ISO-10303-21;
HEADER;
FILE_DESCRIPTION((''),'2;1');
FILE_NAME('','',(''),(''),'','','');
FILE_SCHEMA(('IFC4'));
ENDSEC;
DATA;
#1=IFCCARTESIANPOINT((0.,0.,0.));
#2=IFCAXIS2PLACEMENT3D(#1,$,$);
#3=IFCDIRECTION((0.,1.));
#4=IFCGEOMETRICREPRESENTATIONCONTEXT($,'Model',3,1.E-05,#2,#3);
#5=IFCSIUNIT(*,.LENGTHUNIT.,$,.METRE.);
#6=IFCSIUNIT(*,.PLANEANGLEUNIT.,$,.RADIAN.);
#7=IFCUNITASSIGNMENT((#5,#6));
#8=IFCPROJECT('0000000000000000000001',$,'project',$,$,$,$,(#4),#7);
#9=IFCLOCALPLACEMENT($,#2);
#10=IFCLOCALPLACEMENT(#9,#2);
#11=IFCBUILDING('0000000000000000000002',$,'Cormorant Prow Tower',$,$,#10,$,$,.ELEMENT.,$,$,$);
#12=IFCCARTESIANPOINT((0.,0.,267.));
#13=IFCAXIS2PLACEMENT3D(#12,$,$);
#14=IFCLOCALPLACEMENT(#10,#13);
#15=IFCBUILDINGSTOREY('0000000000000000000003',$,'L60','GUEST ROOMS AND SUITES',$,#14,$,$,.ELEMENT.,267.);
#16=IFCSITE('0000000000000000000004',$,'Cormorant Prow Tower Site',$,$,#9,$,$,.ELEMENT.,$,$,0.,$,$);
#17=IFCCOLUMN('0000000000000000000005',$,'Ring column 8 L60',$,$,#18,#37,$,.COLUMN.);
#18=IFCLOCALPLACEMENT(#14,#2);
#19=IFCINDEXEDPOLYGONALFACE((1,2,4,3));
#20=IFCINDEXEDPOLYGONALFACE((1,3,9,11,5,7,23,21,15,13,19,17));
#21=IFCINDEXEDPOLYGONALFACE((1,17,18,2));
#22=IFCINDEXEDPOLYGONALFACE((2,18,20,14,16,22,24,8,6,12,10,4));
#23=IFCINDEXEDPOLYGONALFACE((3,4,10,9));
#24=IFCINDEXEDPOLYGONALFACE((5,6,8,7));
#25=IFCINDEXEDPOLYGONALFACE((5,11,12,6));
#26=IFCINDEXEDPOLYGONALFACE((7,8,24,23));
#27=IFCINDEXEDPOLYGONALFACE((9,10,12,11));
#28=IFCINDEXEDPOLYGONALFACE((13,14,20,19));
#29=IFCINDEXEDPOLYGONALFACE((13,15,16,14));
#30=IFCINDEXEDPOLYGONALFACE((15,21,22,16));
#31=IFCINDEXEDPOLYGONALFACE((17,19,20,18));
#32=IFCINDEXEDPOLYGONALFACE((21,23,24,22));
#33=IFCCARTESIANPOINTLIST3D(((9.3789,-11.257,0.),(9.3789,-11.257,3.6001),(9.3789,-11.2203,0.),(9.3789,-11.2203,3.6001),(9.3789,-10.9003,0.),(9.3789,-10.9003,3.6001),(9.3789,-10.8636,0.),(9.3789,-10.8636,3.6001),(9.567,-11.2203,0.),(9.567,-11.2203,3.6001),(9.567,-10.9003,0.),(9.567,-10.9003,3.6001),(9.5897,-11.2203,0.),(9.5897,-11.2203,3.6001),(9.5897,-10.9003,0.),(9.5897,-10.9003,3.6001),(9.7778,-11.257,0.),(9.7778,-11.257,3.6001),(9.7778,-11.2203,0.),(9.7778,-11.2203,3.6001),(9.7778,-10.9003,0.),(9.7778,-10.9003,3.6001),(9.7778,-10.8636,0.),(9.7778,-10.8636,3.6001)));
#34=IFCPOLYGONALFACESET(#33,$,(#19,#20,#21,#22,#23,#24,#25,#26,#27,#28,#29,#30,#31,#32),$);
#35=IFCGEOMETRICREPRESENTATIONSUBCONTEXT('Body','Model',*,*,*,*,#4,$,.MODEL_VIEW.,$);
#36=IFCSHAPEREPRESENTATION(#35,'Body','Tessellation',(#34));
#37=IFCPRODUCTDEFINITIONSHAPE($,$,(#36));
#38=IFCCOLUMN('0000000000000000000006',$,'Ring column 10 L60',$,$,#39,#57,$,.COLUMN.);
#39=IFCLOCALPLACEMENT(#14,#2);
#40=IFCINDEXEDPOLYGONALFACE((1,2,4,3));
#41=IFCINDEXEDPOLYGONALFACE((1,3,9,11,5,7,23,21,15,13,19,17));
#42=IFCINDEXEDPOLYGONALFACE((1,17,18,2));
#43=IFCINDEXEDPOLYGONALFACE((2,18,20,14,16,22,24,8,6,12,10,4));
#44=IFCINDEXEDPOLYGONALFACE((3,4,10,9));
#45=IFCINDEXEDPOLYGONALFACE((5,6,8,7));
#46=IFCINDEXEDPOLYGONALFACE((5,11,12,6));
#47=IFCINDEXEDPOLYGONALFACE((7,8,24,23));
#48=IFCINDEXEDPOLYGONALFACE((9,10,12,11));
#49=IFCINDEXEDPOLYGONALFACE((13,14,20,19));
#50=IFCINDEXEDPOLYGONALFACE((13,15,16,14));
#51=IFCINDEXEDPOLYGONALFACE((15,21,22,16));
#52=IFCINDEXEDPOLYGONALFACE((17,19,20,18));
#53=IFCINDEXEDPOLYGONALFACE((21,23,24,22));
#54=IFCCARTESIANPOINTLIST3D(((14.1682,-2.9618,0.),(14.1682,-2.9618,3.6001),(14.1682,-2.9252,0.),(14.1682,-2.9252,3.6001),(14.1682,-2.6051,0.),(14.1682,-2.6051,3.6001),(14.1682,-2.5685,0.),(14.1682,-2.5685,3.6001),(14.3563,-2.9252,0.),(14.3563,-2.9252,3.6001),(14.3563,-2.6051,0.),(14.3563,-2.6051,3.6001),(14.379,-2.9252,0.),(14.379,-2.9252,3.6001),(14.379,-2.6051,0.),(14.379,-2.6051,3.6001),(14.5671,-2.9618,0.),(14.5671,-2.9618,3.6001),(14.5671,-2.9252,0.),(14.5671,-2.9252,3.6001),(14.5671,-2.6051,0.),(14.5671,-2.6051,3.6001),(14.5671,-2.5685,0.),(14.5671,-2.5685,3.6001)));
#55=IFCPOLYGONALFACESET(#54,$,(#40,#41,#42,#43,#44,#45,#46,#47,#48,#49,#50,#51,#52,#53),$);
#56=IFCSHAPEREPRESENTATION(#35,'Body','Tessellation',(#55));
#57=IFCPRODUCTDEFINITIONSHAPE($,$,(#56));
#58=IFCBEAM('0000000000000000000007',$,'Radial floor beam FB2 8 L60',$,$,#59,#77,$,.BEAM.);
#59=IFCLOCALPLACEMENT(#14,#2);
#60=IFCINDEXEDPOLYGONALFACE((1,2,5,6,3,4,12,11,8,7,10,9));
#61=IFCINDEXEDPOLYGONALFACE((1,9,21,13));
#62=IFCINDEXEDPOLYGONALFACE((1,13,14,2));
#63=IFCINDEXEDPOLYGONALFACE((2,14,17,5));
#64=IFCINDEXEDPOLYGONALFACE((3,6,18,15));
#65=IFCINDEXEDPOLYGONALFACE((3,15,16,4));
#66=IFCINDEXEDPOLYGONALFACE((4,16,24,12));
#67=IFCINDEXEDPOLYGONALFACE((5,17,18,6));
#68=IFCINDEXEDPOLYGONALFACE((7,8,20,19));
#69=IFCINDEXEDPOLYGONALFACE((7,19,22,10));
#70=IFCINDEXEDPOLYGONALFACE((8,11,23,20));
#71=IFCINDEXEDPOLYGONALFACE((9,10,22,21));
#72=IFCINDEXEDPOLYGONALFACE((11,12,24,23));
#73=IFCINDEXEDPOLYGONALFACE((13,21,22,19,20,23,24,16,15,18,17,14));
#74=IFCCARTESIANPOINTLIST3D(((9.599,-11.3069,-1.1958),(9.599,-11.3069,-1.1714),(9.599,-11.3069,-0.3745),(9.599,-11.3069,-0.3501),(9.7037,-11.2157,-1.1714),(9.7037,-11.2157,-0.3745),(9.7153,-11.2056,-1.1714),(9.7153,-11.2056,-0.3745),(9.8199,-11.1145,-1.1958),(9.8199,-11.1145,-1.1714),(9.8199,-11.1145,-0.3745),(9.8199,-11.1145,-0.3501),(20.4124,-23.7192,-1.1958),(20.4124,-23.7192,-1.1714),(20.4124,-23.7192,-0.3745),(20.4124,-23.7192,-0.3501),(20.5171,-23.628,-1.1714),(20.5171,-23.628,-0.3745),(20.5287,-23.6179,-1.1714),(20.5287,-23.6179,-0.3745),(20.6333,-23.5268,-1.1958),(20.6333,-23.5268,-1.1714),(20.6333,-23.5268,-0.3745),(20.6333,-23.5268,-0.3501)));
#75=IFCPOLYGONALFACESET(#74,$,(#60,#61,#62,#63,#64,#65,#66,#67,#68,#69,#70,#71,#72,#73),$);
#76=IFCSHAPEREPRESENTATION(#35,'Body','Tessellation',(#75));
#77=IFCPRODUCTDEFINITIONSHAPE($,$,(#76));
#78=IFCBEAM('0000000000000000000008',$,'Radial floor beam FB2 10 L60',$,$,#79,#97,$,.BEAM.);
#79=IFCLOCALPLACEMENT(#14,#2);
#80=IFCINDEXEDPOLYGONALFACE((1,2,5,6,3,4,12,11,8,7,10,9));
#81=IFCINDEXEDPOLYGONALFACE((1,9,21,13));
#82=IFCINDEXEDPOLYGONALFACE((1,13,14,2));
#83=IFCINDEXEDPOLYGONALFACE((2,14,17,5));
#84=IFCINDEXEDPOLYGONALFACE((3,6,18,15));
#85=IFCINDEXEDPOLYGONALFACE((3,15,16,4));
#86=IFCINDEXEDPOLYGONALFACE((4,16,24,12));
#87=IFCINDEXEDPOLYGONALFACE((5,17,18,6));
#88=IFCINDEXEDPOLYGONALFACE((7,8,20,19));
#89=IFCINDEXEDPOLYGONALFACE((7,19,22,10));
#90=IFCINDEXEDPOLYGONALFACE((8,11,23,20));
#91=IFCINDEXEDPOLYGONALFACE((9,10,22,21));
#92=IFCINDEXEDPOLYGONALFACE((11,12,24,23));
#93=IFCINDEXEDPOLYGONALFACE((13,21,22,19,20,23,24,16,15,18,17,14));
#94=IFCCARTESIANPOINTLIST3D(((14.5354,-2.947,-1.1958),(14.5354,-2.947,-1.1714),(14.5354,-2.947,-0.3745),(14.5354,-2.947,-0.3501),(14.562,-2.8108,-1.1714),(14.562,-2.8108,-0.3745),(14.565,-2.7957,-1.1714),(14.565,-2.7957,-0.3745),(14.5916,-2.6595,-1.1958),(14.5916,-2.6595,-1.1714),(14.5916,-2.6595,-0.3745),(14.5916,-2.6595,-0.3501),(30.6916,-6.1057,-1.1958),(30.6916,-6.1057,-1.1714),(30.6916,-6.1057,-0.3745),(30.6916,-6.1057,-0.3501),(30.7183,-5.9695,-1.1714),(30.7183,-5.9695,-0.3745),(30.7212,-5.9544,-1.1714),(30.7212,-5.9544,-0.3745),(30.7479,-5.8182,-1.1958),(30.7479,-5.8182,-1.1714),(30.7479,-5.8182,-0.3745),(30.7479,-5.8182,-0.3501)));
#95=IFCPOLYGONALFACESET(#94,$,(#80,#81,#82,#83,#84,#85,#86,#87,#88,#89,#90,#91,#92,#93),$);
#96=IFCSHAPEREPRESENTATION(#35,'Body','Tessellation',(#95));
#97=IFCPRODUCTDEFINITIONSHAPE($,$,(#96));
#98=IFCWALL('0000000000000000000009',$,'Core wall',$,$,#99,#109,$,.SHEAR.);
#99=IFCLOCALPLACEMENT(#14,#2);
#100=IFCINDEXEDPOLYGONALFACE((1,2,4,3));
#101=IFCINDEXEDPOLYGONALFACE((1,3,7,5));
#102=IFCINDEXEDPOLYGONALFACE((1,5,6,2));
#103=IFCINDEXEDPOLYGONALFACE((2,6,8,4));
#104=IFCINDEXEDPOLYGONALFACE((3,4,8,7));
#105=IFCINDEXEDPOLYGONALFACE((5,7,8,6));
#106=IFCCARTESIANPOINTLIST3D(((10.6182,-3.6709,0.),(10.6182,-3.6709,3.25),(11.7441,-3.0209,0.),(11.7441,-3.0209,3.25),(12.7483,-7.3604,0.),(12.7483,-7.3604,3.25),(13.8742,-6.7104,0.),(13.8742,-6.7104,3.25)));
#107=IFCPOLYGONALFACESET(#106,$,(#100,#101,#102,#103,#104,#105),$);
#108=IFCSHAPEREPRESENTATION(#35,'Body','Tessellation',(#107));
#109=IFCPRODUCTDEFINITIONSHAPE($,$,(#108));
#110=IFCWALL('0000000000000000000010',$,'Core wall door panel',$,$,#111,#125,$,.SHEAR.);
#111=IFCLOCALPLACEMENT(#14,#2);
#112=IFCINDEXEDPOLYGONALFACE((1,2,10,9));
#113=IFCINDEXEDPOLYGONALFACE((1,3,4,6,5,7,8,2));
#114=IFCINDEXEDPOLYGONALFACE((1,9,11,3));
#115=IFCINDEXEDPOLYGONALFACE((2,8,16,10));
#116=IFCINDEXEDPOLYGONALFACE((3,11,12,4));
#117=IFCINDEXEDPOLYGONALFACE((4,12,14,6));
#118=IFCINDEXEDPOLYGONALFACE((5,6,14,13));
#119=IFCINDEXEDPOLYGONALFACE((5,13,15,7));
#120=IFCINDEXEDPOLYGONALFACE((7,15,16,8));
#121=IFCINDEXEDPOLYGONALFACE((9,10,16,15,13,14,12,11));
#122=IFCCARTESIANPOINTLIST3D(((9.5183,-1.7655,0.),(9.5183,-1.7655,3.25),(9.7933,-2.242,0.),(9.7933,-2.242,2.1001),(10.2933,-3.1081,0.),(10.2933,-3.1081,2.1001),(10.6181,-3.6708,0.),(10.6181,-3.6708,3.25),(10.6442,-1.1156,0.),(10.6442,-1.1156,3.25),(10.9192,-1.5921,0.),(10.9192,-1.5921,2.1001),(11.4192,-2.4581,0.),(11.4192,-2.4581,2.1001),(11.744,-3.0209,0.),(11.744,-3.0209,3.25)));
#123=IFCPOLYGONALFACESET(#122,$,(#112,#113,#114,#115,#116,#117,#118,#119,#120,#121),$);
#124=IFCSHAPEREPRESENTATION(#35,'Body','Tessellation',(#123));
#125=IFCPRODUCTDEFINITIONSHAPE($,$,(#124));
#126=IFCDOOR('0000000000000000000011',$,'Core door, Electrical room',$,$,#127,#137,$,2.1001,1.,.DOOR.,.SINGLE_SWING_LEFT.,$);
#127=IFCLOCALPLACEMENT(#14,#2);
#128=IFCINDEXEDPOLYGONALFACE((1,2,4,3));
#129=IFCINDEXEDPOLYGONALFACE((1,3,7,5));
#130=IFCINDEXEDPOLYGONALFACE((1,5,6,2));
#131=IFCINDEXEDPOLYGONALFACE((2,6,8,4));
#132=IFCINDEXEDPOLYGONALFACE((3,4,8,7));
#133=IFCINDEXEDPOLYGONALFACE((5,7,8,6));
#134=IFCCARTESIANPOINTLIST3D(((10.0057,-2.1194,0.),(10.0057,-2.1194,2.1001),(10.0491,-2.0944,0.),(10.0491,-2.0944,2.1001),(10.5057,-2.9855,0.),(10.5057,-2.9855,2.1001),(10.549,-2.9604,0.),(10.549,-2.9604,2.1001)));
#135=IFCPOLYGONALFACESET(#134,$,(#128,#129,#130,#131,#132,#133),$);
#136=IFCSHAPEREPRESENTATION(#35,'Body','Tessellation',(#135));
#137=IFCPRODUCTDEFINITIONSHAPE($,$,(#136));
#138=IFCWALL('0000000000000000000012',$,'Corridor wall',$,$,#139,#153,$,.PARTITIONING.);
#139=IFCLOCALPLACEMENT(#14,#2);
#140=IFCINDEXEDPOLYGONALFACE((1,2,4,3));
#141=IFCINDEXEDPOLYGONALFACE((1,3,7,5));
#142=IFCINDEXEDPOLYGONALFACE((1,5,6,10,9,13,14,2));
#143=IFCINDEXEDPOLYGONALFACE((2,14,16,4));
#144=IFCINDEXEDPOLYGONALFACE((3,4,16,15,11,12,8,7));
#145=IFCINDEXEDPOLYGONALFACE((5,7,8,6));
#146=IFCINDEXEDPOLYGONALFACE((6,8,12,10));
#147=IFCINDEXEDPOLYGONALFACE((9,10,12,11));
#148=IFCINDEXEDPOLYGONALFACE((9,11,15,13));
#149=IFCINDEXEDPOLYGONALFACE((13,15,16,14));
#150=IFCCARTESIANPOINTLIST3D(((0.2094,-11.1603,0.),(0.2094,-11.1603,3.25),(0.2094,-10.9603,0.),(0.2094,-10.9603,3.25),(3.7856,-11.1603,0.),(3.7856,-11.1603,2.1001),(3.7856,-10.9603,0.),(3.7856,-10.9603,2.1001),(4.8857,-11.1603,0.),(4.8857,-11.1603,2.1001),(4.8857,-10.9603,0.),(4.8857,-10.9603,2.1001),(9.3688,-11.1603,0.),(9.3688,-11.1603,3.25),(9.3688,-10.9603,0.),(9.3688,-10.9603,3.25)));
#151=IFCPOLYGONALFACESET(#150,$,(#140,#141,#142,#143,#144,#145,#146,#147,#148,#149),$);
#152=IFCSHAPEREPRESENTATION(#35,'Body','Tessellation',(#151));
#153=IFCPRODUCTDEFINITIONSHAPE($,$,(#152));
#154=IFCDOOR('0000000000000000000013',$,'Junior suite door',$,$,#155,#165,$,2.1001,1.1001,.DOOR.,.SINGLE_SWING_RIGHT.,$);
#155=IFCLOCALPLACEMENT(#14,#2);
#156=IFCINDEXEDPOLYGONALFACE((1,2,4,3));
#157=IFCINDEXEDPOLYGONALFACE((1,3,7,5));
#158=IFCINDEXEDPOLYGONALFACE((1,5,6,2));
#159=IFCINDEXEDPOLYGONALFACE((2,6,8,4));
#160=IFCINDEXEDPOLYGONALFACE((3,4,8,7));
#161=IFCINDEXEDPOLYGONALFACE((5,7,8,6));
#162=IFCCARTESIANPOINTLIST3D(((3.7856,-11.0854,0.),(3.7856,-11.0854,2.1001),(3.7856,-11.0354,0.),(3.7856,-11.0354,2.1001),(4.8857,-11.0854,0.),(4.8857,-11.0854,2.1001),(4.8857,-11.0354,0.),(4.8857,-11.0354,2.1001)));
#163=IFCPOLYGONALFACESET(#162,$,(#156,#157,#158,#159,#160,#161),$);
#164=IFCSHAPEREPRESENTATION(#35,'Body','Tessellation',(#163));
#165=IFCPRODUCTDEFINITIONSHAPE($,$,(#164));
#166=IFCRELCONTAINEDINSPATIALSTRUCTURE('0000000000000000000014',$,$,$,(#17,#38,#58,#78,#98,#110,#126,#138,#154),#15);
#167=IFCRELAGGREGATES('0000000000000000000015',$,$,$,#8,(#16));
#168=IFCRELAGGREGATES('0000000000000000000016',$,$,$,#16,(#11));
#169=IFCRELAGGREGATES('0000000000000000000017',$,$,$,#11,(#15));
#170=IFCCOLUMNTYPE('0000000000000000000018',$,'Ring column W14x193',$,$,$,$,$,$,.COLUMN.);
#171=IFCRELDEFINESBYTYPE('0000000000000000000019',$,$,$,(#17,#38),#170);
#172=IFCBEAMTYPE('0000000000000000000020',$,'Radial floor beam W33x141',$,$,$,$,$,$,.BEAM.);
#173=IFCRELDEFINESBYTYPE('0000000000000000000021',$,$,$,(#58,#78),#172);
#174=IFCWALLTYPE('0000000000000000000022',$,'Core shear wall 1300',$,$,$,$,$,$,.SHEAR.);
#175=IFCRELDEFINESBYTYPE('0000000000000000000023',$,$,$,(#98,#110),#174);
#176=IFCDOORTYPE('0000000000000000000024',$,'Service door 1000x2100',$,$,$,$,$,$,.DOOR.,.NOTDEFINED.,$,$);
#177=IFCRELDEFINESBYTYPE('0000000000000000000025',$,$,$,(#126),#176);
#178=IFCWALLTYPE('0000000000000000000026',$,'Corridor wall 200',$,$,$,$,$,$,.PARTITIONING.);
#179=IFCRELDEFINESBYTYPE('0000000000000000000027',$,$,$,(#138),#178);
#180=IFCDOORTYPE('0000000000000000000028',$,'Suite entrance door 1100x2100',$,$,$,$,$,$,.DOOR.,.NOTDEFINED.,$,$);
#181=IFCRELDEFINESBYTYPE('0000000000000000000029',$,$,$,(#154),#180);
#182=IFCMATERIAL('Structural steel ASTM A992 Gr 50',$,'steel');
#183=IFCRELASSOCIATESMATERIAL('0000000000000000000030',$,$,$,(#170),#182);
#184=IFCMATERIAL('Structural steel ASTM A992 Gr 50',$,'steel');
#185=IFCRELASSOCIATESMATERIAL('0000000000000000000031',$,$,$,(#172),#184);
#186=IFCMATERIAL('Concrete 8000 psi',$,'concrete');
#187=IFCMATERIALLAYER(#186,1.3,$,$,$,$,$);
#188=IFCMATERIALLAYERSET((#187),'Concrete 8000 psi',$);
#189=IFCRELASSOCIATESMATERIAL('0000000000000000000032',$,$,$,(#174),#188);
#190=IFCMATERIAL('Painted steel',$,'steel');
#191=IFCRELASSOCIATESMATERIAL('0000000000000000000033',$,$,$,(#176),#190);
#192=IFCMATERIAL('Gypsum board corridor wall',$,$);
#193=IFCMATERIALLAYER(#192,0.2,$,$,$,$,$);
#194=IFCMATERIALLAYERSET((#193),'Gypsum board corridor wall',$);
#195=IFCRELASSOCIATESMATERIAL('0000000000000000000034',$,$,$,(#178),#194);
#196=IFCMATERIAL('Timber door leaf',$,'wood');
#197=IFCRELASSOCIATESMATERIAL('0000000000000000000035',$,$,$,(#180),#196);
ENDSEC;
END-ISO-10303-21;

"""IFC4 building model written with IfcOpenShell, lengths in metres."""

from ifc_helpers import new_model, si_unit, direction, frame, frame_2d, origin, origin_2d, place, context, subcontext, project, spatial, rectangle, i_section, extrude, material, layer, layer_set, material_profile, profile_set, type_object, element, fill, save


model = new_model("IFC4")

# Units and contexts
model_context = context("Model", 3, precision=1e-05, world=origin(), true_north=direction((0.0, 1.0)))
body_context = subcontext(model_context, "Body", "Model", "MODEL_VIEW")
ifc_project = project(units=[si_unit("LENGTHUNIT", "METRE"), si_unit("PLANEANGLEUNIT", "RADIAN")], contexts=[model_context])

# Site, building, storey
site_placement = place(None, origin())
site = spatial("IfcSite", under=ifc_project, at=site_placement, Name="Cormorant Prow Tower Site", CompositionType="ELEMENT", RefElevation=0.0)
building_placement = place(site_placement, origin())
building = spatial("IfcBuilding", under=site, at=building_placement, Name="Cormorant Prow Tower", CompositionType="ELEMENT")
storey_placement = place(building_placement, frame((0.0, 0.0, 267.0)))
storey = spatial("IfcBuildingStorey", under=building, at=storey_placement, Name="L60", Description="GUEST ROOMS AND SUITES", CompositionType="ELEMENT", Elevation=267.0)

# Columns
ifc_material_1 = material(Name="Structural steel ASTM A992 Gr 50", Category="steel")
ifc_material_profile_1 = material_profile(ifc_material_1, i_section(OverallWidth=0.3989, OverallDepth=0.3933, WebThickness=0.0227, FlangeThickness=0.0366, at=origin_2d()), Name="W14x193")
ifc_profile_set_1 = profile_set([ifc_material_profile_1], Name="Structural steel ASTM A992 Gr 50")
column_type = type_object("IfcColumnType", Name="Ring column W14x193", PredefinedType="COLUMN", material=ifc_profile_set_1)
for number, where, z_axis, x_axis, name in (
    (1, (9.5784, -11.0603, 0.0), (0.0, 0.0, 1.0), (1.0, 0.0, 0.0), "Ring column 8 L60"),
    (2, (14.3677, -2.7651, 0.0), (0.0, 0.0, 1.0), (1.0, 0.0, 0.0), "Ring column 10 L60"),
):
    element("IfcColumn", number, at=place(storey_placement, frame(where, z_axis=z_axis, x_axis=x_axis)), inside=storey, type_object=column_type, Name=name, PredefinedType="COLUMN", context=body_context, shape_type="SweptSolid", body=[
        extrude(i_section(OverallWidth=0.3989, OverallDepth=0.3933, WebThickness=0.0227, FlangeThickness=0.0366, at=origin_2d()), origin(), (0.0, 0.0, 1.0), 3.6001),
    ])

# Beams
ifc_material_2 = material(Name="Structural steel ASTM A992 Gr 50", Category="steel")
ifc_material_profile_2 = material_profile(ifc_material_2, i_section(OverallWidth=0.293, OverallDepth=0.8457, WebThickness=0.0154, FlangeThickness=0.0244, at=origin_2d()), Name="W33x141")
ifc_profile_set_2 = profile_set([ifc_material_profile_2], Name="Structural steel ASTM A992 Gr 50")
beam_type = type_object("IfcBeamType", Name="Radial floor beam W33x141", PredefinedType="BEAM", material=ifc_profile_set_2)
beam_1_placement = place(storey_placement, frame((9.7095, -11.2107, -0.7729), z_axis=(0.656875, -0.754, 0.0), x_axis=(0.754, 0.656875, 0.0)))
element("IfcBeam", 3, at=beam_1_placement, inside=storey, type_object=beam_type, Name="Radial floor beam FB2 8 L60", PredefinedType="BEAM", context=body_context, shape_type="SweptSolid", body=[
    extrude(i_section(OverallWidth=0.293, OverallDepth=0.8457, WebThickness=0.0154, FlangeThickness=0.0244, at=origin_2d()), origin(), (0.0, 0.0, 1.0), 16.4619),
])
beam_2_placement = place(storey_placement, frame((14.5635, -2.8032, -0.7729), z_axis=(0.981419, -0.191876, 0.0), x_axis=(0.191876, 0.981419, 0.0)))
element("IfcBeam", 4, at=beam_2_placement, inside=storey, type_object=beam_type, Name="Radial floor beam FB2 10 L60", PredefinedType="BEAM", context=body_context, shape_type="SweptSolid", body=[
    extrude(i_section(OverallWidth=0.293, OverallDepth=0.8457, WebThickness=0.0154, FlangeThickness=0.0244, at=origin_2d()), origin(), (0.0, 0.0, 1.0), 16.4622),
])

# Wall
ifc_material_3 = material(Name="Concrete 8000 psi", Category="concrete")
ifc_layer_1 = layer(ifc_material_3, 1.3)
ifc_layer_set_1 = layer_set([ifc_layer_1], Name="Concrete 8000 psi")
wall_type_1 = type_object("IfcWallType", Name="Core shear wall 1300", PredefinedType="SHEAR", material=ifc_layer_set_1)
wall_1_placement = place(storey_placement, frame((13.3113, -7.0354, 0.0), z_axis=(0.0, 0.0, 1.0), x_axis=(-0.500004, 0.866023, 0.0)))
element("IfcWall", 5, at=wall_1_placement, inside=storey, type_object=wall_type_1, Name="Core wall", PredefinedType="SHEAR", context=body_context, shape_type="SweptSolid", body=[
    extrude(rectangle(XDim=4.2603, YDim=1.3, at=frame_2d((2.1301, 0.0))), origin(), (0.0, 0.0, 1.0), 3.25),
])

# Walls, openings, doors
wall_2_placement = place(storey_placement, frame((11.1812, -3.3459, 0.0), z_axis=(0.0, 0.0, 1.0), x_axis=(-0.499947, 0.866056, 0.0)))
wall_2 = element("IfcWall", 6, at=wall_2_placement, inside=storey, type_object=wall_type_1, Name="Core wall door panel", PredefinedType="SHEAR", context=body_context, shape_type="SweptSolid", body=[
    extrude(rectangle(XDim=2.2, YDim=1.3, at=frame_2d((1.1001, 0.0))), origin(), (0.0, 0.0, 1.0), 3.25),
])
opening_1_placement = place(wall_2_placement, frame((0.6499, 0.0, 0.0)))
opening_1 = element("IfcOpeningElement", 7, at=opening_1_placement, cuts=wall_2, PredefinedType="OPENING", context=body_context, shape_type="SweptSolid", body=[
    extrude(rectangle(XDim=1.0, YDim=2.1001, at=frame_2d((0.5, 1.05))), frame((0.0, 0.6599, 0.0), z_axis=(0.0, -1.0, 0.0), x_axis=(1.0, 0.0, 0.0)), (0.0, 0.0, 1.0), 1.3201),
])
ifc_material_4 = material(Name="Painted steel", Category="steel")
door_type_1 = type_object("IfcDoorType", Name="Service door 1000x2100", OperationType="NOTDEFINED", PredefinedType="DOOR", material=ifc_material_4)
door_1_placement = place(opening_1_placement, origin())
door_1 = element("IfcDoor", 8, at=door_1_placement, inside=storey, type_object=door_type_1, Name="Core door, Electrical room", OperationType="SINGLE_SWING_LEFT", OverallHeight=2.1001, OverallWidth=1.0, PredefinedType="DOOR", context=body_context, shape_type="SweptSolid", body=[
    extrude(rectangle(XDim=1.0, YDim=2.1001, at=frame_2d((0.5, 1.05))), frame((0.0, 0.4048, 0.0), z_axis=(0.0, -1.0, 0.0), x_axis=(1.0, 0.0, 0.0)), (0.0, 0.0, 1.0), 0.05),
])
fill(opening_1, door_1)
ifc_material_5 = material(Name="Gypsum board corridor wall")
ifc_layer_2 = layer(ifc_material_5, 0.2)
ifc_layer_set_2 = layer_set([ifc_layer_2], Name="Gypsum board corridor wall")
wall_type_2 = type_object("IfcWallType", Name="Corridor wall 200", PredefinedType="PARTITIONING", material=ifc_layer_set_2)
wall_3_placement = place(storey_placement, frame((0.2095, -11.0603, 0.0), z_axis=(0.0, 0.0, 1.0), x_axis=(1.0, 0.0, 0.0)))
wall_3 = element("IfcWall", 9, at=wall_3_placement, inside=storey, type_object=wall_type_2, Name="Corridor wall", PredefinedType="PARTITIONING", context=body_context, shape_type="SweptSolid", body=[
    extrude(rectangle(XDim=9.1594, YDim=0.2, at=frame_2d((4.5796, 0.0))), origin(), (0.0, 0.0, 1.0), 3.25),
])
opening_2_placement = place(wall_3_placement, frame((3.5762, 0.0, 0.0)))
opening_2 = element("IfcOpeningElement", 10, at=opening_2_placement, cuts=wall_3, PredefinedType="OPENING", context=body_context, shape_type="SweptSolid", body=[
    extrude(rectangle(XDim=1.1001, YDim=2.1001, at=frame_2d((0.55, 1.05))), frame((0.0, 0.1099, 0.0), z_axis=(0.0, -1.0, 0.0), x_axis=(1.0, 0.0, 0.0)), (0.0, 0.0, 1.0), 0.22),
])
ifc_material_6 = material(Name="Timber door leaf", Category="wood")
door_type_2 = type_object("IfcDoorType", Name="Suite entrance door 1100x2100", OperationType="NOTDEFINED", PredefinedType="DOOR", material=ifc_material_6)
door_2_placement = place(opening_2_placement, origin())
door_2 = element("IfcDoor", 11, at=door_2_placement, inside=storey, type_object=door_type_2, Name="Junior suite door", OperationType="SINGLE_SWING_RIGHT", OverallHeight=2.1001, OverallWidth=1.1001, PredefinedType="DOOR", context=body_context, shape_type="SweptSolid", body=[
    extrude(rectangle(XDim=1.1001, YDim=2.1001, at=frame_2d((0.55, 1.05))), frame((0.0, 0.0249, 0.0), z_axis=(0.0, -1.0, 0.0), x_axis=(1.0, 0.0, 0.0)), (0.0, 0.0, 1.0), 0.05),
])
fill(opening_2, door_2)

save(model, "model.ifc")
